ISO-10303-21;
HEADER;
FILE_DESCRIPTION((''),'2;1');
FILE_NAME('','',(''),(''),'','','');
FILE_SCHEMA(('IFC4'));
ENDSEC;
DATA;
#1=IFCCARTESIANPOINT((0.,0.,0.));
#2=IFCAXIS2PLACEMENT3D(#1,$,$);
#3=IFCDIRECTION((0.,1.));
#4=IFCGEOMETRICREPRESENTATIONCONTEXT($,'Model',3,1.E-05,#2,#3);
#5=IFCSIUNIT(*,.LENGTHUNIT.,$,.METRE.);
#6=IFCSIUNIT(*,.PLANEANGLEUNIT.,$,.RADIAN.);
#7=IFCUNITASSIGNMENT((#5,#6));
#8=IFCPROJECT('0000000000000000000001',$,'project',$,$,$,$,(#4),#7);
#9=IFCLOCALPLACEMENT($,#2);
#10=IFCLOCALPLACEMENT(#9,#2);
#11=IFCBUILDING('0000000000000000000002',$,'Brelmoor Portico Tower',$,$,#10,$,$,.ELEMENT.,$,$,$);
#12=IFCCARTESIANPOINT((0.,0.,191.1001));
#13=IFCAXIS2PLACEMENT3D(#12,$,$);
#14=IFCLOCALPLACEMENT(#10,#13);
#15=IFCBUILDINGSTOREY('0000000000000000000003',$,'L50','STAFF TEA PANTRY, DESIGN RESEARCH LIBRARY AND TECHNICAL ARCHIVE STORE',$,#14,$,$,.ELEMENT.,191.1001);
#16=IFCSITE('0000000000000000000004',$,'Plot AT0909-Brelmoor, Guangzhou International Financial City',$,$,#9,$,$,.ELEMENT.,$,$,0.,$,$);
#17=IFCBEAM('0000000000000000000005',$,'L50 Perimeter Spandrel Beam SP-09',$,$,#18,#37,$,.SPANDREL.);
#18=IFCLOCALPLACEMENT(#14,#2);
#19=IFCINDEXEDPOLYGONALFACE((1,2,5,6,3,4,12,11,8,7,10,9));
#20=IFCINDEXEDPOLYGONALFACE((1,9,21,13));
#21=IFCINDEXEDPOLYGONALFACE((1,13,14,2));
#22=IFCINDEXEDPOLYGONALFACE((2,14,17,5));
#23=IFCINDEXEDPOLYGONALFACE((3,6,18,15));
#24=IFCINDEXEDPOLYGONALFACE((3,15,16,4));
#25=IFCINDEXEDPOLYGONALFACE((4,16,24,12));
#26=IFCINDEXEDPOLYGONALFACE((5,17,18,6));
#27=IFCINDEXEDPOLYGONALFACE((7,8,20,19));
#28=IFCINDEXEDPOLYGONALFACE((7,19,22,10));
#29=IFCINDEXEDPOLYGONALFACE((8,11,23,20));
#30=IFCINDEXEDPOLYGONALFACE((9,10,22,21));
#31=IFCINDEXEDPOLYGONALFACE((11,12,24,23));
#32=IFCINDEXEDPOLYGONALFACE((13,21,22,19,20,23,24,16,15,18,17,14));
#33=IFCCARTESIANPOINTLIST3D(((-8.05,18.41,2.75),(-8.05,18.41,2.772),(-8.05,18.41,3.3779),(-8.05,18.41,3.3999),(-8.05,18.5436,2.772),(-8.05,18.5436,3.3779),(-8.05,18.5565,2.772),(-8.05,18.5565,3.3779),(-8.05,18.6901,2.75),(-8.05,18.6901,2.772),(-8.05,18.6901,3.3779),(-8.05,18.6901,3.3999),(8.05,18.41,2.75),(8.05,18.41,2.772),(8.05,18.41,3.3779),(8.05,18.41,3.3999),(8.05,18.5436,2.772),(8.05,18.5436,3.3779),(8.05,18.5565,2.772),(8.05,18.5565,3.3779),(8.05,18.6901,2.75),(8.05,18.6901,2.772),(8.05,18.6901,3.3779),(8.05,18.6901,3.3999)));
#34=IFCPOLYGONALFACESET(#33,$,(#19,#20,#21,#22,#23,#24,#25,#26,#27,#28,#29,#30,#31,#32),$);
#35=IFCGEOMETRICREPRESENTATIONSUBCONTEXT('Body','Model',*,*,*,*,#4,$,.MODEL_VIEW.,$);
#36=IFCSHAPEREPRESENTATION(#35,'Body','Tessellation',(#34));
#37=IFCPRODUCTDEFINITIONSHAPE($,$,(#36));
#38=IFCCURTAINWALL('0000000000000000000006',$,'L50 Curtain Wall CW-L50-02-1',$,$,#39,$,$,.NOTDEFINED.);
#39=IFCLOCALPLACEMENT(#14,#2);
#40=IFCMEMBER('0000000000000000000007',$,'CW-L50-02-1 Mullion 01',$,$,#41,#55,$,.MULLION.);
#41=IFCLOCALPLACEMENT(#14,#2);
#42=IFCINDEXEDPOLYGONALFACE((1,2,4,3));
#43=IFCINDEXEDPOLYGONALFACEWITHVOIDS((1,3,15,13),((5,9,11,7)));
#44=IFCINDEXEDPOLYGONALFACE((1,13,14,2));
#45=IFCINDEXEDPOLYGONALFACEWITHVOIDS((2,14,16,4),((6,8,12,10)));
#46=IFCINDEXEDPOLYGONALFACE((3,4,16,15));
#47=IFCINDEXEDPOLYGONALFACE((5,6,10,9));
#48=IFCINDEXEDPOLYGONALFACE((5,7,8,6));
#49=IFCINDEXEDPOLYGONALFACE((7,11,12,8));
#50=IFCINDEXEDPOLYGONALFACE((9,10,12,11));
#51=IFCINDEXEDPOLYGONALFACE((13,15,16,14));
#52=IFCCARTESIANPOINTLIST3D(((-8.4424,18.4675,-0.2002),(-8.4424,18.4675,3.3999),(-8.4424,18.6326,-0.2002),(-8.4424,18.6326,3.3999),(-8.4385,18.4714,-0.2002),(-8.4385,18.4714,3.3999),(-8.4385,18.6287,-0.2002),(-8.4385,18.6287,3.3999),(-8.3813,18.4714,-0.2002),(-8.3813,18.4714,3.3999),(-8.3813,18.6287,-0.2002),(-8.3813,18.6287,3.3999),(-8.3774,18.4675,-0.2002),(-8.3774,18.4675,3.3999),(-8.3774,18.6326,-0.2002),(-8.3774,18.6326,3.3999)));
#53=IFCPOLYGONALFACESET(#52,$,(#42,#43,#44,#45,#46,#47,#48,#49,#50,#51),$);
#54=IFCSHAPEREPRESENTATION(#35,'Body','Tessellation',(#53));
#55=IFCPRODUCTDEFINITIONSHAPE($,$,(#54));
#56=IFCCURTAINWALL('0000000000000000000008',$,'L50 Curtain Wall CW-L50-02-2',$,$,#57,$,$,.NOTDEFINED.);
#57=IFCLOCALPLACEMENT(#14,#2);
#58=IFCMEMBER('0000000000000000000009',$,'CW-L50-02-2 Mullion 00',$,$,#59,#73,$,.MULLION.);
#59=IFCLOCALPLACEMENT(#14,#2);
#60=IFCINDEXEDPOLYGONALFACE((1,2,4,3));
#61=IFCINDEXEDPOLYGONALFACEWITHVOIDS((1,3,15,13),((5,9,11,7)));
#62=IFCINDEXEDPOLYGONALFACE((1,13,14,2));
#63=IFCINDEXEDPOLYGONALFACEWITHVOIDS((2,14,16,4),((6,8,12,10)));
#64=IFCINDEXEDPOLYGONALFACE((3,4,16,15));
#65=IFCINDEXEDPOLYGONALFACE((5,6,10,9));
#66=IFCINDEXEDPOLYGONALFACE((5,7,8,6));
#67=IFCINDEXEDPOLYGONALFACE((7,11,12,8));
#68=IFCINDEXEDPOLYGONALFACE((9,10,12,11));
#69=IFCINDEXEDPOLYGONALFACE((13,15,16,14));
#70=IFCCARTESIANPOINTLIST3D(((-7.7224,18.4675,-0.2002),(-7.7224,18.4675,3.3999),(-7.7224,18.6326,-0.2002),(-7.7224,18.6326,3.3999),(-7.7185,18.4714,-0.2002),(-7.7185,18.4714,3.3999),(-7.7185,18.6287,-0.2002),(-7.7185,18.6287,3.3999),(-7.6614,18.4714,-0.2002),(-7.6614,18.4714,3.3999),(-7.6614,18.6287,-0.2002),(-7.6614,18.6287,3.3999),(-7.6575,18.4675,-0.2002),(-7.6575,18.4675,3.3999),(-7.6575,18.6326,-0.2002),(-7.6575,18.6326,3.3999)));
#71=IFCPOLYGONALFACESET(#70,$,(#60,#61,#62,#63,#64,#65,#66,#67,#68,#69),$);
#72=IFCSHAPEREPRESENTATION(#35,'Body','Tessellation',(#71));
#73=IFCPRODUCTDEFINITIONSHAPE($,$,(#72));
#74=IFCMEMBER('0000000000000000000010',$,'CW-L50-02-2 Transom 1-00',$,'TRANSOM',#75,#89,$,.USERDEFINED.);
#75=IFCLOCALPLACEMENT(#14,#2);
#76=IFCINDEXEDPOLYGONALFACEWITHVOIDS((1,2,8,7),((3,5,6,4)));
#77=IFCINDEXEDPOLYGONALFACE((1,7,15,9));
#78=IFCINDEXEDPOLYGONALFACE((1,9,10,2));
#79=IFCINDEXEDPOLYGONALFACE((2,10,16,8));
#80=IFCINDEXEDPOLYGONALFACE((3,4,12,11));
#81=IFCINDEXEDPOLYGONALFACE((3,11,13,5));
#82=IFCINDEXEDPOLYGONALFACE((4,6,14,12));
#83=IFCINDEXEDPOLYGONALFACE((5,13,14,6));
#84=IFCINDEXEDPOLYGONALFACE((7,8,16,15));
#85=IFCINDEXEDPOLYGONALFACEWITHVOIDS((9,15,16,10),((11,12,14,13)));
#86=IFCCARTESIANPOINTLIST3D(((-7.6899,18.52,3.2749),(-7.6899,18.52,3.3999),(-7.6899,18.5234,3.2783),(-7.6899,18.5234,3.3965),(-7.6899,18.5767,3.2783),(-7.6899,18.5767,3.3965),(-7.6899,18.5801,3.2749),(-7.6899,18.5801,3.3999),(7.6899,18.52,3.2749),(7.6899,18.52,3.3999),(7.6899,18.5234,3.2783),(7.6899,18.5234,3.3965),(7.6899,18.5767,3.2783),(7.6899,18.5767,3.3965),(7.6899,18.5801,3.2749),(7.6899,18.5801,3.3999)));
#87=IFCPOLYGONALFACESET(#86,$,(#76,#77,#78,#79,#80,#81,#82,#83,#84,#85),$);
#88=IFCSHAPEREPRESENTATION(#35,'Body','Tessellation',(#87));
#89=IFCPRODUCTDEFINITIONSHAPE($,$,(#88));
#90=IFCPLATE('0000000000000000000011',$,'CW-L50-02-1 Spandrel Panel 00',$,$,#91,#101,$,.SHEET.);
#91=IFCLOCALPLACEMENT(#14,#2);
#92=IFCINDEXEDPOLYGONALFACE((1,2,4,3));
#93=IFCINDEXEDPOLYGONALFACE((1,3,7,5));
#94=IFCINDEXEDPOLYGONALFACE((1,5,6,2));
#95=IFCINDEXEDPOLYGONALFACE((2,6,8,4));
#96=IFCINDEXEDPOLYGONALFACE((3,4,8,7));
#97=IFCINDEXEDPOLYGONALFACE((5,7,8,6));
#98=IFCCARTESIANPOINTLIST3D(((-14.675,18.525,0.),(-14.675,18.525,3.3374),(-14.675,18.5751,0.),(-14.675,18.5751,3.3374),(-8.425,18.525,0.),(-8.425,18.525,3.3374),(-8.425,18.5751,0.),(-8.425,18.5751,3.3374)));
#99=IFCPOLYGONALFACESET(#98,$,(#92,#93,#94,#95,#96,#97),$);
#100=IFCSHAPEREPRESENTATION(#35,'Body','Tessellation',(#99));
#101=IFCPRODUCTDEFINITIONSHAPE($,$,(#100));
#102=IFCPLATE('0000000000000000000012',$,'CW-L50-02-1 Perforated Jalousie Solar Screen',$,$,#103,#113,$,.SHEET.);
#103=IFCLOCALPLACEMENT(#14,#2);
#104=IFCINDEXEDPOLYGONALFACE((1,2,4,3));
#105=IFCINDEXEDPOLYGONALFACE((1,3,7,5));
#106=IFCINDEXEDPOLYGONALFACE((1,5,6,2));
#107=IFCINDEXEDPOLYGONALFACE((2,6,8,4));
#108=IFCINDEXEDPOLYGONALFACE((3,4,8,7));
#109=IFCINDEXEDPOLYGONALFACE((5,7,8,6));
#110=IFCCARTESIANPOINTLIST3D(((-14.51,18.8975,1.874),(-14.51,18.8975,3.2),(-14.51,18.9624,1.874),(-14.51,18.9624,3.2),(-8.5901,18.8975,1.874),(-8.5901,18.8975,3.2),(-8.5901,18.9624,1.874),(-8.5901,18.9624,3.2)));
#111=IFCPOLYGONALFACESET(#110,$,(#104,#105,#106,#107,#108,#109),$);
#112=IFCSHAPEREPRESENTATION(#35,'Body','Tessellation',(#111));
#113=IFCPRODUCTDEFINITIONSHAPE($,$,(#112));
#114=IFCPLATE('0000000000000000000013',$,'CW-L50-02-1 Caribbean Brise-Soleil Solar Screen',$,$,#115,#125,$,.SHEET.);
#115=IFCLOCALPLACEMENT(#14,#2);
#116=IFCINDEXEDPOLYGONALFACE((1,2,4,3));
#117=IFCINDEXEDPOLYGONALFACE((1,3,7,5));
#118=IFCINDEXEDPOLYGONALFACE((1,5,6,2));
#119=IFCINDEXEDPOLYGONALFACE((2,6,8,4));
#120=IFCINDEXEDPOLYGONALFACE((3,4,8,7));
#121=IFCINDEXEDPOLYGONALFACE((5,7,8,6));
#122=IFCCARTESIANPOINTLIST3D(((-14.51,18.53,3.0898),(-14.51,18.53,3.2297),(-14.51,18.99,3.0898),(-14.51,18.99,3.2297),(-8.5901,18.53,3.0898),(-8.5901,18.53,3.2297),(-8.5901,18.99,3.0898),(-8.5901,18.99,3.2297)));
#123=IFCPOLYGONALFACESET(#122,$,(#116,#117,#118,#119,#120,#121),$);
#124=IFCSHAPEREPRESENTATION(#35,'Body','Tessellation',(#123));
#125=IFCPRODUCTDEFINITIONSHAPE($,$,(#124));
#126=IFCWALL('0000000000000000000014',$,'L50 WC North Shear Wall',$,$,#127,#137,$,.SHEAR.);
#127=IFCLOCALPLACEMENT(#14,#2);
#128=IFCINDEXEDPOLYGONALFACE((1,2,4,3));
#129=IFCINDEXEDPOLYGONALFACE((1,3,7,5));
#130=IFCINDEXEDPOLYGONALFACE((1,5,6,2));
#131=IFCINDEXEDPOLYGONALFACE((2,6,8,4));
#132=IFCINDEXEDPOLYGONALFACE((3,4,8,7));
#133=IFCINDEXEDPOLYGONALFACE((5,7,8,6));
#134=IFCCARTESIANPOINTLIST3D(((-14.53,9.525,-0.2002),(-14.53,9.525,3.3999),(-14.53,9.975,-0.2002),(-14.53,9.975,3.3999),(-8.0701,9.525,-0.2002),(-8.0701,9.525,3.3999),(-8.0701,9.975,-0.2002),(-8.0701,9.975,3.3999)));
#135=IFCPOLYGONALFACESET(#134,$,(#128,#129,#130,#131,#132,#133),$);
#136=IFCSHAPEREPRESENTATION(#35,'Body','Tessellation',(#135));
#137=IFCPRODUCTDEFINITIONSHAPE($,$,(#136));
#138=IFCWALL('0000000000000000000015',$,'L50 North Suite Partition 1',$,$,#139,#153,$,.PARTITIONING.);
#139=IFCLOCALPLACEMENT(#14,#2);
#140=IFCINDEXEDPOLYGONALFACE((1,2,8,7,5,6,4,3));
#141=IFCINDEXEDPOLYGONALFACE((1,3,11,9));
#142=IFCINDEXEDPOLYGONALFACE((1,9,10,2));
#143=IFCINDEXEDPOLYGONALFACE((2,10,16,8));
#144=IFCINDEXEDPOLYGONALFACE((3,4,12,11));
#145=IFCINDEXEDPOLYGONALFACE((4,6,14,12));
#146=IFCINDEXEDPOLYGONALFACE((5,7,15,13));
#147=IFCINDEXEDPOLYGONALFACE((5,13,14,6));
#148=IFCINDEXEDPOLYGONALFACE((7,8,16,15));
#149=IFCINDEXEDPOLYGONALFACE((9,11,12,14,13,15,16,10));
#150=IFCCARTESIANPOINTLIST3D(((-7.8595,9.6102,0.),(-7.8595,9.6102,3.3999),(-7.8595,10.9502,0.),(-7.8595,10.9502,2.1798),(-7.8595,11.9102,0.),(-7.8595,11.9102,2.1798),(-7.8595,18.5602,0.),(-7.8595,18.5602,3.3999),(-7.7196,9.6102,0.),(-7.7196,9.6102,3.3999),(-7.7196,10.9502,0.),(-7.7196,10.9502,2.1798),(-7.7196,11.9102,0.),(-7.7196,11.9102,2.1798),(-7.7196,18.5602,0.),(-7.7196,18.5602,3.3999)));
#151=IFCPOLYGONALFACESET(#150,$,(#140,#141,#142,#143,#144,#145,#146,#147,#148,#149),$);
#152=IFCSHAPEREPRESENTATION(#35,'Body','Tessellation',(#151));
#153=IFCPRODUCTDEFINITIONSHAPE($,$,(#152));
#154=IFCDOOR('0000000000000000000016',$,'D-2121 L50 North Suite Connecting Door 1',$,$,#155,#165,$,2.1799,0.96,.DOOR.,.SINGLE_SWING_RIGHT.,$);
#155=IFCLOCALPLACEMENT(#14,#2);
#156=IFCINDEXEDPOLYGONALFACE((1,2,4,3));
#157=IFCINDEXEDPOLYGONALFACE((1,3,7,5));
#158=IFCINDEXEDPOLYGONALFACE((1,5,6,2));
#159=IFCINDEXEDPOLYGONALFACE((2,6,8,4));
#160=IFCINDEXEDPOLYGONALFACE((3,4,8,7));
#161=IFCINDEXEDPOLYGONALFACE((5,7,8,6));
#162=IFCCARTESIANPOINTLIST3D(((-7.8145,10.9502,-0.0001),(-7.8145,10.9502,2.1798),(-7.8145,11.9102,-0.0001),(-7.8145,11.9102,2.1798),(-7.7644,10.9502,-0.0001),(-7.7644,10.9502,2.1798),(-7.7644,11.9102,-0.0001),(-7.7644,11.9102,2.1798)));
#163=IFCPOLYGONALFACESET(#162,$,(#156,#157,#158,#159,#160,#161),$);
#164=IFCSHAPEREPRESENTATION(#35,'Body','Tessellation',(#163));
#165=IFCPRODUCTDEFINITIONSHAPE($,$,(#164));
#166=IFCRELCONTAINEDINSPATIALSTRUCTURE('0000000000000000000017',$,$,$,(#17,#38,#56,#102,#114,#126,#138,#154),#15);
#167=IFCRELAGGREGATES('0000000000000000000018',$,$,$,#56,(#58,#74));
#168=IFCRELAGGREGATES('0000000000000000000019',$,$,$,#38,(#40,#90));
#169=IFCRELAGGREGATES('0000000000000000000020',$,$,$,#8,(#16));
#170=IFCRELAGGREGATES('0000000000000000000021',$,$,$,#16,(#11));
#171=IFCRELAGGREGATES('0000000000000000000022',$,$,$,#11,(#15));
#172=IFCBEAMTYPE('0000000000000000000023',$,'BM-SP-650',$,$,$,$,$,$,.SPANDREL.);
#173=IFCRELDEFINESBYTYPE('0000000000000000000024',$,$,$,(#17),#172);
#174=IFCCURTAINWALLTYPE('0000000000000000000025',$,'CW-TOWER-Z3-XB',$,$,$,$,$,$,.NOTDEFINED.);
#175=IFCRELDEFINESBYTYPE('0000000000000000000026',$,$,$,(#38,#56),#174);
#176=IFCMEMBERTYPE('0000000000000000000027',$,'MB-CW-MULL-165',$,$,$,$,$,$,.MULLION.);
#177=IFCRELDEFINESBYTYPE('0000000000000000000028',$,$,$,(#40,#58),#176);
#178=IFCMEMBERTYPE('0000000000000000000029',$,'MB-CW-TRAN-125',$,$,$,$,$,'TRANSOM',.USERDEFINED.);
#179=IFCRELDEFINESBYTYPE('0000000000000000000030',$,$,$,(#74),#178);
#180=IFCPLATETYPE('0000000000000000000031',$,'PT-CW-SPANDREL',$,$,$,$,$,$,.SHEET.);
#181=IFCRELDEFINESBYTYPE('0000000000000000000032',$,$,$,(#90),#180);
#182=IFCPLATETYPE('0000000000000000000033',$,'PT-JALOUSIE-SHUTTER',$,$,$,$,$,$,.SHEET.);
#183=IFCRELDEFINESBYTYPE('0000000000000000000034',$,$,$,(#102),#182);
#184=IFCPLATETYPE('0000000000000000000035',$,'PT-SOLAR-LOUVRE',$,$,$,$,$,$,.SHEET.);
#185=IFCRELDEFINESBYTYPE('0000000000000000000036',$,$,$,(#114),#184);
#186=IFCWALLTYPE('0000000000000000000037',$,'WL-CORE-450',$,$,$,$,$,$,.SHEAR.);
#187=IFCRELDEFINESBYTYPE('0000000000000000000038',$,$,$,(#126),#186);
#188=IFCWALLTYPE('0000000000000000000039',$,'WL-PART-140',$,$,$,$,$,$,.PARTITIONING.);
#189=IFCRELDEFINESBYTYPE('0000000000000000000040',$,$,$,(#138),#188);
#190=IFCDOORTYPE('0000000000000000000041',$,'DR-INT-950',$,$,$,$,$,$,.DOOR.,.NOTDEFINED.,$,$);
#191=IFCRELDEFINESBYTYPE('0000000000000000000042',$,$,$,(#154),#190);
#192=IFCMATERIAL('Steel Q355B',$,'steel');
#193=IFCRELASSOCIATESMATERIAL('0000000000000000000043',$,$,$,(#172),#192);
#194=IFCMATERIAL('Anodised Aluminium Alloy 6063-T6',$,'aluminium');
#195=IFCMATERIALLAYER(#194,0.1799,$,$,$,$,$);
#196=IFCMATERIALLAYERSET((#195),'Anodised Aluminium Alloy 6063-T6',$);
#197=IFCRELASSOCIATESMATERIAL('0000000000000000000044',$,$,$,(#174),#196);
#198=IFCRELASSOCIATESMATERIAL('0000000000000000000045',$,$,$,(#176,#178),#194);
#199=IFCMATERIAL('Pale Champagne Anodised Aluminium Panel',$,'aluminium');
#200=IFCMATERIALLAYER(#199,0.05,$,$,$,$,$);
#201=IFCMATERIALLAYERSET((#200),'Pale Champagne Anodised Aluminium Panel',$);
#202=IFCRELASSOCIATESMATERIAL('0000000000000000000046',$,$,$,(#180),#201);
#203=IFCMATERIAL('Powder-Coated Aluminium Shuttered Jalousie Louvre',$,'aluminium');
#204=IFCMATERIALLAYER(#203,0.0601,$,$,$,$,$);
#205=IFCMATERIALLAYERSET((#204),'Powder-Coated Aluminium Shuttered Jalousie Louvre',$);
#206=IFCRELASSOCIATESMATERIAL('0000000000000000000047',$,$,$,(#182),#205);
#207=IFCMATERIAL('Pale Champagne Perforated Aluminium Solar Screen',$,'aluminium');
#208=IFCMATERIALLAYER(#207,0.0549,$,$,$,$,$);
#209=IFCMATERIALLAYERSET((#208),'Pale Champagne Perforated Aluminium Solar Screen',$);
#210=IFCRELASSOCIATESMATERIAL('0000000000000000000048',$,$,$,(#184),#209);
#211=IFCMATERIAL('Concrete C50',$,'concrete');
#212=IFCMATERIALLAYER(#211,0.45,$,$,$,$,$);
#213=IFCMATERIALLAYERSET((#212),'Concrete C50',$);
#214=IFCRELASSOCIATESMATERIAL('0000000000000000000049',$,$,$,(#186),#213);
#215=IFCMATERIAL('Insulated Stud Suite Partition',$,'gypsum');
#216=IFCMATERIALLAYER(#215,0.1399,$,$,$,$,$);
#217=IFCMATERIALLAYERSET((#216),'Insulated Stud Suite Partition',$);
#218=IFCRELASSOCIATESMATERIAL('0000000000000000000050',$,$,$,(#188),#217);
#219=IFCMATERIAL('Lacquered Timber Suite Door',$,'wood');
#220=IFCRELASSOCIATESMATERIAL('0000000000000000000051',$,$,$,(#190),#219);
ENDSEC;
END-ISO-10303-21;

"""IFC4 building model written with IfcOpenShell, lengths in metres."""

from ifc_helpers import new_model, si_unit, direction, frame, frame_2d, origin, origin_2d, place, context, subcontext, project, spatial, rectangle, hollow_rectangle, i_section, extrude, material, layer, layer_set, material_profile, profile_set, type_object, element, fill, aggregate, save


model = new_model("IFC4")

# Units and contexts
model_context = context("Model", 3, precision=1e-05, world=origin(), true_north=direction((0.0, 1.0)))
body_context = subcontext(model_context, "Body", "Model", "MODEL_VIEW")
ifc_project = project(units=[si_unit("LENGTHUNIT", "METRE"), si_unit("PLANEANGLEUNIT", "RADIAN")], contexts=[model_context])

# Site, building, storey
site_placement = place(None, origin())
site = spatial("IfcSite", under=ifc_project, at=site_placement, Name="Plot AT0909-Brelmoor, Guangzhou International Financial City", CompositionType="ELEMENT", RefElevation=0.0)
building_placement = place(site_placement, origin())
building = spatial("IfcBuilding", under=site, at=building_placement, Name="Brelmoor Portico Tower", CompositionType="ELEMENT")
storey_placement = place(building_placement, frame((0.0, 0.0, 191.1001)))
storey = spatial("IfcBuildingStorey", under=building, at=storey_placement, Name="L50", Description="STAFF TEA PANTRY, DESIGN RESEARCH LIBRARY AND TECHNICAL ARCHIVE STORE", CompositionType="ELEMENT", Elevation=191.1001)

# Shared definitions
ifc_material_1 = material(Name="Steel Q355B", Category="steel")

# Beam
ifc_material_profile_1 = material_profile(ifc_material_1, i_section(OverallWidth=0.28, OverallDepth=0.6499, WebThickness=0.0129, FlangeThickness=0.022, at=origin_2d()), Name="HN 650x280x13x22")
ifc_profile_set_1 = profile_set([ifc_material_profile_1], Name="Steel Q355B")
beam_type_1 = type_object("IfcBeamType", Name="BM-SP-650", PredefinedType="SPANDREL", material=ifc_profile_set_1)
beam_1_placement = place(storey_placement, frame((-8.05, 18.55, 3.075), z_axis=(1.0, 0.0, 0.0), x_axis=(0.0, 1.0, 0.0)))
element("IfcBeam", 1, at=beam_1_placement, inside=storey, type_object=beam_type_1, Name="L50 Perimeter Spandrel Beam SP-09", PredefinedType="SPANDREL", context=body_context, shape_type="SweptSolid", body=[
    extrude(i_section(OverallWidth=0.28, OverallDepth=0.6499, WebThickness=0.0129, FlangeThickness=0.022, at=origin_2d()), origin(), (0.0, 0.0, 1.0), 16.1001),
])

# Curtain wall, member
ifc_material_2 = material(Name="Anodised Aluminium Alloy 6063-T6", Category="aluminium")
ifc_layer_1 = layer(ifc_material_2, 0.1799)
ifc_layer_set_1 = layer_set([ifc_layer_1], Name="Anodised Aluminium Alloy 6063-T6")
curtain_wall_type = type_object("IfcCurtainWallType", Name="CW-TOWER-Z3-XB", PredefinedType="NOTDEFINED", material=ifc_layer_set_1)
curtain_wall_1_placement = place(storey_placement, origin())
curtain_wall_1 = element("IfcCurtainWall", 2, at=curtain_wall_1_placement, inside=storey, type_object=curtain_wall_type, Name="L50 Curtain Wall CW-L50-02-1", PredefinedType="NOTDEFINED")
ifc_material_profile_2 = material_profile(ifc_material_2, hollow_rectangle(XDim=0.0649, YDim=0.165, WallThickness=0.0039, at=origin_2d()), Name="ALU MULLION 65x165")
ifc_profile_set_2 = profile_set([ifc_material_profile_2], Name="Anodised Aluminium Alloy 6063-T6")
member_type_1 = type_object("IfcMemberType", Name="MB-CW-MULL-165", PredefinedType="MULLION", material=ifc_profile_set_2)
member_1_placement = place(storey_placement, frame((-8.4099, 18.55, -0.2002), z_axis=(0.0, 0.0, 1.0), x_axis=(1.0, 0.0, 0.0)))
member_1 = element("IfcMember", 3, at=member_1_placement, type_object=member_type_1, Name="CW-L50-02-1 Mullion 01", PredefinedType="MULLION", context=body_context, shape_type="SweptSolid", body=[
    extrude(hollow_rectangle(XDim=0.0649, YDim=0.165, WallThickness=0.0039, at=origin_2d()), origin(), (0.0, 0.0, 1.0), 3.6001),
])

# Curtain wall, members
curtain_wall_2_placement = place(storey_placement, origin())
curtain_wall_2 = element("IfcCurtainWall", 4, at=curtain_wall_2_placement, inside=storey, type_object=curtain_wall_type, Name="L50 Curtain Wall CW-L50-02-2", PredefinedType="NOTDEFINED")
member_2_placement = place(storey_placement, frame((-7.6899, 18.55, -0.2002), z_axis=(0.0, 0.0, 1.0), x_axis=(1.0, 0.0, 0.0)))
member_2 = element("IfcMember", 5, at=member_2_placement, type_object=member_type_1, Name="CW-L50-02-2 Mullion 00", PredefinedType="MULLION", context=body_context, shape_type="SweptSolid", body=[
    extrude(hollow_rectangle(XDim=0.0649, YDim=0.165, WallThickness=0.0039, at=origin_2d()), origin(), (0.0, 0.0, 1.0), 3.6001),
])
ifc_material_profile_3 = material_profile(ifc_material_2, hollow_rectangle(XDim=0.0601, YDim=0.125, WallThickness=0.0034, at=origin_2d()), Name="ALU TRANSOM 60x125")
ifc_profile_set_3 = profile_set([ifc_material_profile_3], Name="Anodised Aluminium Alloy 6063-T6")
member_type_2 = type_object("IfcMemberType", Name="MB-CW-TRAN-125", ElementType="TRANSOM", PredefinedType="USERDEFINED", material=ifc_profile_set_3)
member_3_placement = place(storey_placement, frame((-7.6899, 18.55, 3.3374), z_axis=(1.0, 0.0, 0.0), x_axis=(0.0, 1.0, 0.0)))
member_3 = element("IfcMember", 6, at=member_3_placement, type_object=member_type_2, Name="CW-L50-02-2 Transom 1-00", ObjectType="TRANSOM", PredefinedType="USERDEFINED", context=body_context, shape_type="SweptSolid", body=[
    extrude(hollow_rectangle(XDim=0.0601, YDim=0.125, WallThickness=0.0034, at=origin_2d()), origin(), (0.0, 0.0, 1.0), 15.3799),
])
aggregate(curtain_wall_2, [member_2, member_3])

# Plate
ifc_material_3 = material(Name="Pale Champagne Anodised Aluminium Panel", Category="aluminium")
ifc_layer_2 = layer(ifc_material_3, 0.05)
ifc_layer_set_2 = layer_set([ifc_layer_2], Name="Pale Champagne Anodised Aluminium Panel")
plate_type_1 = type_object("IfcPlateType", Name="PT-CW-SPANDREL", PredefinedType="SHEET", material=ifc_layer_set_2)
plate_1_placement = place(storey_placement, frame((-11.55, 18.55, 0.0), z_axis=(0.0, 0.0, 1.0), x_axis=(1.0, 0.0, 0.0)))
plate_1 = element("IfcPlate", 7, at=plate_1_placement, type_object=plate_type_1, Name="CW-L50-02-1 Spandrel Panel 00", PredefinedType="SHEET", context=body_context, shape_type="SweptSolid", body=[
    extrude(rectangle(XDim=6.25, YDim=0.05, at=origin_2d()), origin(), (0.0, 0.0, 1.0), 3.3374),
])
aggregate(curtain_wall_1, [member_1, plate_1])

# Plates
ifc_material_4 = material(Name="Powder-Coated Aluminium Shuttered Jalousie Louvre", Category="aluminium")
ifc_layer_3 = layer(ifc_material_4, 0.0601)
ifc_layer_set_3 = layer_set([ifc_layer_3], Name="Powder-Coated Aluminium Shuttered Jalousie Louvre")
plate_type_2 = type_object("IfcPlateType", Name="PT-JALOUSIE-SHUTTER", PredefinedType="SHEET", material=ifc_layer_set_3)
plate_2_placement = place(storey_placement, frame((-11.55, 18.9299, 1.874), z_axis=(0.0, 0.0, 1.0), x_axis=(1.0, 0.0, 0.0)))
element("IfcPlate", 8, at=plate_2_placement, inside=storey, type_object=plate_type_2, Name="CW-L50-02-1 Perforated Jalousie Solar Screen", PredefinedType="SHEET", context=body_context, shape_type="SweptSolid", body=[
    extrude(rectangle(XDim=5.9199, YDim=0.0649, at=origin_2d()), origin(), (0.0, 0.0, 1.0), 1.3259),
])
ifc_material_5 = material(Name="Pale Champagne Perforated Aluminium Solar Screen", Category="aluminium")
ifc_layer_4 = layer(ifc_material_5, 0.0549)
ifc_layer_set_4 = layer_set([ifc_layer_4], Name="Pale Champagne Perforated Aluminium Solar Screen")
plate_type_3 = type_object("IfcPlateType", Name="PT-SOLAR-LOUVRE", PredefinedType="SHEET", material=ifc_layer_set_4)
plate_3_placement = place(storey_placement, frame((-11.55, 18.76, 3.0898), z_axis=(0.0, 0.0, 1.0), x_axis=(1.0, 0.0, 0.0)))
element("IfcPlate", 9, at=plate_3_placement, inside=storey, type_object=plate_type_3, Name="CW-L50-02-1 Caribbean Brise-Soleil Solar Screen", PredefinedType="SHEET", context=body_context, shape_type="SweptSolid", body=[
    extrude(rectangle(XDim=5.9199, YDim=0.46, at=origin_2d()), origin(), (0.0, 0.0, 1.0), 0.1399),
])

# Wall
ifc_material_6 = material(Name="Concrete C50", Category="concrete")
ifc_layer_5 = layer(ifc_material_6, 0.45)
ifc_layer_set_5 = layer_set([ifc_layer_5], Name="Concrete C50")
wall_type_1 = type_object("IfcWallType", Name="WL-CORE-450", PredefinedType="SHEAR", material=ifc_layer_set_5)
wall_1_placement = place(storey_placement, frame((-14.53, 9.75, -0.2002), z_axis=(0.0, 0.0, 1.0), x_axis=(1.0, 0.0, 0.0)))
element("IfcWall", 10, at=wall_1_placement, inside=storey, type_object=wall_type_1, Name="L50 WC North Shear Wall", PredefinedType="SHEAR", context=body_context, shape_type="SweptSolid", body=[
    extrude(rectangle(XDim=6.46, YDim=0.45, at=frame_2d((3.23, 0.0))), origin(), (0.0, 0.0, 1.0), 3.6001),
])

# Wall, opening, door
ifc_material_7 = material(Name="Insulated Stud Suite Partition", Category="gypsum")
ifc_layer_6 = layer(ifc_material_7, 0.1399)
ifc_layer_set_6 = layer_set([ifc_layer_6], Name="Insulated Stud Suite Partition")
wall_type_2 = type_object("IfcWallType", Name="WL-PART-140", PredefinedType="PARTITIONING", material=ifc_layer_set_6)
wall_2_placement = place(storey_placement, frame((-7.7896, 9.6101, 0.0), z_axis=(0.0, 0.0, 1.0), x_axis=(0.0, 1.0, 0.0)))
wall_2 = element("IfcWall", 11, at=wall_2_placement, inside=storey, type_object=wall_type_2, Name="L50 North Suite Partition 1", PredefinedType="PARTITIONING", context=body_context, shape_type="SweptSolid", body=[
    extrude(rectangle(XDim=8.95, YDim=0.1399, at=frame_2d((4.4751, 0.0))), origin(), (0.0, 0.0, 1.0), 3.3999),
])
opening_1_placement = place(wall_2_placement, frame((1.3401, 0.0, 0.0)))
opening_1 = element("IfcOpeningElement", 12, at=opening_1_placement, cuts=wall_2, PredefinedType="OPENING", context=body_context, shape_type="SweptSolid", body=[
    extrude(rectangle(XDim=0.96, YDim=2.1799, at=frame_2d((0.48, 1.0898))), frame((0.0, 0.0798, 0.0), z_axis=(0.0, -1.0, 0.0), x_axis=(1.0, 0.0, 0.0)), (0.0, 0.0, 1.0), 0.1599),
])
ifc_material_8 = material(Name="Lacquered Timber Suite Door", Category="wood")
door_type_1 = type_object("IfcDoorType", Name="DR-INT-950", OperationType="NOTDEFINED", PredefinedType="DOOR", material=ifc_material_8)
door_1_placement = place(opening_1_placement, origin())
door_1 = element("IfcDoor", 13, at=door_1_placement, inside=storey, type_object=door_type_1, Name="D-2121 L50 North Suite Connecting Door 1", OperationType="SINGLE_SWING_RIGHT", OverallHeight=2.1799, OverallWidth=0.96, PredefinedType="DOOR", context=body_context, shape_type="SweptSolid", body=[
    extrude(rectangle(XDim=0.96, YDim=2.1799, at=frame_2d((0.48, 1.0898))), frame((0.0, 0.0249, 0.0), z_axis=(0.0, -1.0, 0.0), x_axis=(1.0, 0.0, 0.0)), (0.0, 0.0, 1.0), 0.05),
])
fill(opening_1, door_1)

save(model, "model.ifc")
